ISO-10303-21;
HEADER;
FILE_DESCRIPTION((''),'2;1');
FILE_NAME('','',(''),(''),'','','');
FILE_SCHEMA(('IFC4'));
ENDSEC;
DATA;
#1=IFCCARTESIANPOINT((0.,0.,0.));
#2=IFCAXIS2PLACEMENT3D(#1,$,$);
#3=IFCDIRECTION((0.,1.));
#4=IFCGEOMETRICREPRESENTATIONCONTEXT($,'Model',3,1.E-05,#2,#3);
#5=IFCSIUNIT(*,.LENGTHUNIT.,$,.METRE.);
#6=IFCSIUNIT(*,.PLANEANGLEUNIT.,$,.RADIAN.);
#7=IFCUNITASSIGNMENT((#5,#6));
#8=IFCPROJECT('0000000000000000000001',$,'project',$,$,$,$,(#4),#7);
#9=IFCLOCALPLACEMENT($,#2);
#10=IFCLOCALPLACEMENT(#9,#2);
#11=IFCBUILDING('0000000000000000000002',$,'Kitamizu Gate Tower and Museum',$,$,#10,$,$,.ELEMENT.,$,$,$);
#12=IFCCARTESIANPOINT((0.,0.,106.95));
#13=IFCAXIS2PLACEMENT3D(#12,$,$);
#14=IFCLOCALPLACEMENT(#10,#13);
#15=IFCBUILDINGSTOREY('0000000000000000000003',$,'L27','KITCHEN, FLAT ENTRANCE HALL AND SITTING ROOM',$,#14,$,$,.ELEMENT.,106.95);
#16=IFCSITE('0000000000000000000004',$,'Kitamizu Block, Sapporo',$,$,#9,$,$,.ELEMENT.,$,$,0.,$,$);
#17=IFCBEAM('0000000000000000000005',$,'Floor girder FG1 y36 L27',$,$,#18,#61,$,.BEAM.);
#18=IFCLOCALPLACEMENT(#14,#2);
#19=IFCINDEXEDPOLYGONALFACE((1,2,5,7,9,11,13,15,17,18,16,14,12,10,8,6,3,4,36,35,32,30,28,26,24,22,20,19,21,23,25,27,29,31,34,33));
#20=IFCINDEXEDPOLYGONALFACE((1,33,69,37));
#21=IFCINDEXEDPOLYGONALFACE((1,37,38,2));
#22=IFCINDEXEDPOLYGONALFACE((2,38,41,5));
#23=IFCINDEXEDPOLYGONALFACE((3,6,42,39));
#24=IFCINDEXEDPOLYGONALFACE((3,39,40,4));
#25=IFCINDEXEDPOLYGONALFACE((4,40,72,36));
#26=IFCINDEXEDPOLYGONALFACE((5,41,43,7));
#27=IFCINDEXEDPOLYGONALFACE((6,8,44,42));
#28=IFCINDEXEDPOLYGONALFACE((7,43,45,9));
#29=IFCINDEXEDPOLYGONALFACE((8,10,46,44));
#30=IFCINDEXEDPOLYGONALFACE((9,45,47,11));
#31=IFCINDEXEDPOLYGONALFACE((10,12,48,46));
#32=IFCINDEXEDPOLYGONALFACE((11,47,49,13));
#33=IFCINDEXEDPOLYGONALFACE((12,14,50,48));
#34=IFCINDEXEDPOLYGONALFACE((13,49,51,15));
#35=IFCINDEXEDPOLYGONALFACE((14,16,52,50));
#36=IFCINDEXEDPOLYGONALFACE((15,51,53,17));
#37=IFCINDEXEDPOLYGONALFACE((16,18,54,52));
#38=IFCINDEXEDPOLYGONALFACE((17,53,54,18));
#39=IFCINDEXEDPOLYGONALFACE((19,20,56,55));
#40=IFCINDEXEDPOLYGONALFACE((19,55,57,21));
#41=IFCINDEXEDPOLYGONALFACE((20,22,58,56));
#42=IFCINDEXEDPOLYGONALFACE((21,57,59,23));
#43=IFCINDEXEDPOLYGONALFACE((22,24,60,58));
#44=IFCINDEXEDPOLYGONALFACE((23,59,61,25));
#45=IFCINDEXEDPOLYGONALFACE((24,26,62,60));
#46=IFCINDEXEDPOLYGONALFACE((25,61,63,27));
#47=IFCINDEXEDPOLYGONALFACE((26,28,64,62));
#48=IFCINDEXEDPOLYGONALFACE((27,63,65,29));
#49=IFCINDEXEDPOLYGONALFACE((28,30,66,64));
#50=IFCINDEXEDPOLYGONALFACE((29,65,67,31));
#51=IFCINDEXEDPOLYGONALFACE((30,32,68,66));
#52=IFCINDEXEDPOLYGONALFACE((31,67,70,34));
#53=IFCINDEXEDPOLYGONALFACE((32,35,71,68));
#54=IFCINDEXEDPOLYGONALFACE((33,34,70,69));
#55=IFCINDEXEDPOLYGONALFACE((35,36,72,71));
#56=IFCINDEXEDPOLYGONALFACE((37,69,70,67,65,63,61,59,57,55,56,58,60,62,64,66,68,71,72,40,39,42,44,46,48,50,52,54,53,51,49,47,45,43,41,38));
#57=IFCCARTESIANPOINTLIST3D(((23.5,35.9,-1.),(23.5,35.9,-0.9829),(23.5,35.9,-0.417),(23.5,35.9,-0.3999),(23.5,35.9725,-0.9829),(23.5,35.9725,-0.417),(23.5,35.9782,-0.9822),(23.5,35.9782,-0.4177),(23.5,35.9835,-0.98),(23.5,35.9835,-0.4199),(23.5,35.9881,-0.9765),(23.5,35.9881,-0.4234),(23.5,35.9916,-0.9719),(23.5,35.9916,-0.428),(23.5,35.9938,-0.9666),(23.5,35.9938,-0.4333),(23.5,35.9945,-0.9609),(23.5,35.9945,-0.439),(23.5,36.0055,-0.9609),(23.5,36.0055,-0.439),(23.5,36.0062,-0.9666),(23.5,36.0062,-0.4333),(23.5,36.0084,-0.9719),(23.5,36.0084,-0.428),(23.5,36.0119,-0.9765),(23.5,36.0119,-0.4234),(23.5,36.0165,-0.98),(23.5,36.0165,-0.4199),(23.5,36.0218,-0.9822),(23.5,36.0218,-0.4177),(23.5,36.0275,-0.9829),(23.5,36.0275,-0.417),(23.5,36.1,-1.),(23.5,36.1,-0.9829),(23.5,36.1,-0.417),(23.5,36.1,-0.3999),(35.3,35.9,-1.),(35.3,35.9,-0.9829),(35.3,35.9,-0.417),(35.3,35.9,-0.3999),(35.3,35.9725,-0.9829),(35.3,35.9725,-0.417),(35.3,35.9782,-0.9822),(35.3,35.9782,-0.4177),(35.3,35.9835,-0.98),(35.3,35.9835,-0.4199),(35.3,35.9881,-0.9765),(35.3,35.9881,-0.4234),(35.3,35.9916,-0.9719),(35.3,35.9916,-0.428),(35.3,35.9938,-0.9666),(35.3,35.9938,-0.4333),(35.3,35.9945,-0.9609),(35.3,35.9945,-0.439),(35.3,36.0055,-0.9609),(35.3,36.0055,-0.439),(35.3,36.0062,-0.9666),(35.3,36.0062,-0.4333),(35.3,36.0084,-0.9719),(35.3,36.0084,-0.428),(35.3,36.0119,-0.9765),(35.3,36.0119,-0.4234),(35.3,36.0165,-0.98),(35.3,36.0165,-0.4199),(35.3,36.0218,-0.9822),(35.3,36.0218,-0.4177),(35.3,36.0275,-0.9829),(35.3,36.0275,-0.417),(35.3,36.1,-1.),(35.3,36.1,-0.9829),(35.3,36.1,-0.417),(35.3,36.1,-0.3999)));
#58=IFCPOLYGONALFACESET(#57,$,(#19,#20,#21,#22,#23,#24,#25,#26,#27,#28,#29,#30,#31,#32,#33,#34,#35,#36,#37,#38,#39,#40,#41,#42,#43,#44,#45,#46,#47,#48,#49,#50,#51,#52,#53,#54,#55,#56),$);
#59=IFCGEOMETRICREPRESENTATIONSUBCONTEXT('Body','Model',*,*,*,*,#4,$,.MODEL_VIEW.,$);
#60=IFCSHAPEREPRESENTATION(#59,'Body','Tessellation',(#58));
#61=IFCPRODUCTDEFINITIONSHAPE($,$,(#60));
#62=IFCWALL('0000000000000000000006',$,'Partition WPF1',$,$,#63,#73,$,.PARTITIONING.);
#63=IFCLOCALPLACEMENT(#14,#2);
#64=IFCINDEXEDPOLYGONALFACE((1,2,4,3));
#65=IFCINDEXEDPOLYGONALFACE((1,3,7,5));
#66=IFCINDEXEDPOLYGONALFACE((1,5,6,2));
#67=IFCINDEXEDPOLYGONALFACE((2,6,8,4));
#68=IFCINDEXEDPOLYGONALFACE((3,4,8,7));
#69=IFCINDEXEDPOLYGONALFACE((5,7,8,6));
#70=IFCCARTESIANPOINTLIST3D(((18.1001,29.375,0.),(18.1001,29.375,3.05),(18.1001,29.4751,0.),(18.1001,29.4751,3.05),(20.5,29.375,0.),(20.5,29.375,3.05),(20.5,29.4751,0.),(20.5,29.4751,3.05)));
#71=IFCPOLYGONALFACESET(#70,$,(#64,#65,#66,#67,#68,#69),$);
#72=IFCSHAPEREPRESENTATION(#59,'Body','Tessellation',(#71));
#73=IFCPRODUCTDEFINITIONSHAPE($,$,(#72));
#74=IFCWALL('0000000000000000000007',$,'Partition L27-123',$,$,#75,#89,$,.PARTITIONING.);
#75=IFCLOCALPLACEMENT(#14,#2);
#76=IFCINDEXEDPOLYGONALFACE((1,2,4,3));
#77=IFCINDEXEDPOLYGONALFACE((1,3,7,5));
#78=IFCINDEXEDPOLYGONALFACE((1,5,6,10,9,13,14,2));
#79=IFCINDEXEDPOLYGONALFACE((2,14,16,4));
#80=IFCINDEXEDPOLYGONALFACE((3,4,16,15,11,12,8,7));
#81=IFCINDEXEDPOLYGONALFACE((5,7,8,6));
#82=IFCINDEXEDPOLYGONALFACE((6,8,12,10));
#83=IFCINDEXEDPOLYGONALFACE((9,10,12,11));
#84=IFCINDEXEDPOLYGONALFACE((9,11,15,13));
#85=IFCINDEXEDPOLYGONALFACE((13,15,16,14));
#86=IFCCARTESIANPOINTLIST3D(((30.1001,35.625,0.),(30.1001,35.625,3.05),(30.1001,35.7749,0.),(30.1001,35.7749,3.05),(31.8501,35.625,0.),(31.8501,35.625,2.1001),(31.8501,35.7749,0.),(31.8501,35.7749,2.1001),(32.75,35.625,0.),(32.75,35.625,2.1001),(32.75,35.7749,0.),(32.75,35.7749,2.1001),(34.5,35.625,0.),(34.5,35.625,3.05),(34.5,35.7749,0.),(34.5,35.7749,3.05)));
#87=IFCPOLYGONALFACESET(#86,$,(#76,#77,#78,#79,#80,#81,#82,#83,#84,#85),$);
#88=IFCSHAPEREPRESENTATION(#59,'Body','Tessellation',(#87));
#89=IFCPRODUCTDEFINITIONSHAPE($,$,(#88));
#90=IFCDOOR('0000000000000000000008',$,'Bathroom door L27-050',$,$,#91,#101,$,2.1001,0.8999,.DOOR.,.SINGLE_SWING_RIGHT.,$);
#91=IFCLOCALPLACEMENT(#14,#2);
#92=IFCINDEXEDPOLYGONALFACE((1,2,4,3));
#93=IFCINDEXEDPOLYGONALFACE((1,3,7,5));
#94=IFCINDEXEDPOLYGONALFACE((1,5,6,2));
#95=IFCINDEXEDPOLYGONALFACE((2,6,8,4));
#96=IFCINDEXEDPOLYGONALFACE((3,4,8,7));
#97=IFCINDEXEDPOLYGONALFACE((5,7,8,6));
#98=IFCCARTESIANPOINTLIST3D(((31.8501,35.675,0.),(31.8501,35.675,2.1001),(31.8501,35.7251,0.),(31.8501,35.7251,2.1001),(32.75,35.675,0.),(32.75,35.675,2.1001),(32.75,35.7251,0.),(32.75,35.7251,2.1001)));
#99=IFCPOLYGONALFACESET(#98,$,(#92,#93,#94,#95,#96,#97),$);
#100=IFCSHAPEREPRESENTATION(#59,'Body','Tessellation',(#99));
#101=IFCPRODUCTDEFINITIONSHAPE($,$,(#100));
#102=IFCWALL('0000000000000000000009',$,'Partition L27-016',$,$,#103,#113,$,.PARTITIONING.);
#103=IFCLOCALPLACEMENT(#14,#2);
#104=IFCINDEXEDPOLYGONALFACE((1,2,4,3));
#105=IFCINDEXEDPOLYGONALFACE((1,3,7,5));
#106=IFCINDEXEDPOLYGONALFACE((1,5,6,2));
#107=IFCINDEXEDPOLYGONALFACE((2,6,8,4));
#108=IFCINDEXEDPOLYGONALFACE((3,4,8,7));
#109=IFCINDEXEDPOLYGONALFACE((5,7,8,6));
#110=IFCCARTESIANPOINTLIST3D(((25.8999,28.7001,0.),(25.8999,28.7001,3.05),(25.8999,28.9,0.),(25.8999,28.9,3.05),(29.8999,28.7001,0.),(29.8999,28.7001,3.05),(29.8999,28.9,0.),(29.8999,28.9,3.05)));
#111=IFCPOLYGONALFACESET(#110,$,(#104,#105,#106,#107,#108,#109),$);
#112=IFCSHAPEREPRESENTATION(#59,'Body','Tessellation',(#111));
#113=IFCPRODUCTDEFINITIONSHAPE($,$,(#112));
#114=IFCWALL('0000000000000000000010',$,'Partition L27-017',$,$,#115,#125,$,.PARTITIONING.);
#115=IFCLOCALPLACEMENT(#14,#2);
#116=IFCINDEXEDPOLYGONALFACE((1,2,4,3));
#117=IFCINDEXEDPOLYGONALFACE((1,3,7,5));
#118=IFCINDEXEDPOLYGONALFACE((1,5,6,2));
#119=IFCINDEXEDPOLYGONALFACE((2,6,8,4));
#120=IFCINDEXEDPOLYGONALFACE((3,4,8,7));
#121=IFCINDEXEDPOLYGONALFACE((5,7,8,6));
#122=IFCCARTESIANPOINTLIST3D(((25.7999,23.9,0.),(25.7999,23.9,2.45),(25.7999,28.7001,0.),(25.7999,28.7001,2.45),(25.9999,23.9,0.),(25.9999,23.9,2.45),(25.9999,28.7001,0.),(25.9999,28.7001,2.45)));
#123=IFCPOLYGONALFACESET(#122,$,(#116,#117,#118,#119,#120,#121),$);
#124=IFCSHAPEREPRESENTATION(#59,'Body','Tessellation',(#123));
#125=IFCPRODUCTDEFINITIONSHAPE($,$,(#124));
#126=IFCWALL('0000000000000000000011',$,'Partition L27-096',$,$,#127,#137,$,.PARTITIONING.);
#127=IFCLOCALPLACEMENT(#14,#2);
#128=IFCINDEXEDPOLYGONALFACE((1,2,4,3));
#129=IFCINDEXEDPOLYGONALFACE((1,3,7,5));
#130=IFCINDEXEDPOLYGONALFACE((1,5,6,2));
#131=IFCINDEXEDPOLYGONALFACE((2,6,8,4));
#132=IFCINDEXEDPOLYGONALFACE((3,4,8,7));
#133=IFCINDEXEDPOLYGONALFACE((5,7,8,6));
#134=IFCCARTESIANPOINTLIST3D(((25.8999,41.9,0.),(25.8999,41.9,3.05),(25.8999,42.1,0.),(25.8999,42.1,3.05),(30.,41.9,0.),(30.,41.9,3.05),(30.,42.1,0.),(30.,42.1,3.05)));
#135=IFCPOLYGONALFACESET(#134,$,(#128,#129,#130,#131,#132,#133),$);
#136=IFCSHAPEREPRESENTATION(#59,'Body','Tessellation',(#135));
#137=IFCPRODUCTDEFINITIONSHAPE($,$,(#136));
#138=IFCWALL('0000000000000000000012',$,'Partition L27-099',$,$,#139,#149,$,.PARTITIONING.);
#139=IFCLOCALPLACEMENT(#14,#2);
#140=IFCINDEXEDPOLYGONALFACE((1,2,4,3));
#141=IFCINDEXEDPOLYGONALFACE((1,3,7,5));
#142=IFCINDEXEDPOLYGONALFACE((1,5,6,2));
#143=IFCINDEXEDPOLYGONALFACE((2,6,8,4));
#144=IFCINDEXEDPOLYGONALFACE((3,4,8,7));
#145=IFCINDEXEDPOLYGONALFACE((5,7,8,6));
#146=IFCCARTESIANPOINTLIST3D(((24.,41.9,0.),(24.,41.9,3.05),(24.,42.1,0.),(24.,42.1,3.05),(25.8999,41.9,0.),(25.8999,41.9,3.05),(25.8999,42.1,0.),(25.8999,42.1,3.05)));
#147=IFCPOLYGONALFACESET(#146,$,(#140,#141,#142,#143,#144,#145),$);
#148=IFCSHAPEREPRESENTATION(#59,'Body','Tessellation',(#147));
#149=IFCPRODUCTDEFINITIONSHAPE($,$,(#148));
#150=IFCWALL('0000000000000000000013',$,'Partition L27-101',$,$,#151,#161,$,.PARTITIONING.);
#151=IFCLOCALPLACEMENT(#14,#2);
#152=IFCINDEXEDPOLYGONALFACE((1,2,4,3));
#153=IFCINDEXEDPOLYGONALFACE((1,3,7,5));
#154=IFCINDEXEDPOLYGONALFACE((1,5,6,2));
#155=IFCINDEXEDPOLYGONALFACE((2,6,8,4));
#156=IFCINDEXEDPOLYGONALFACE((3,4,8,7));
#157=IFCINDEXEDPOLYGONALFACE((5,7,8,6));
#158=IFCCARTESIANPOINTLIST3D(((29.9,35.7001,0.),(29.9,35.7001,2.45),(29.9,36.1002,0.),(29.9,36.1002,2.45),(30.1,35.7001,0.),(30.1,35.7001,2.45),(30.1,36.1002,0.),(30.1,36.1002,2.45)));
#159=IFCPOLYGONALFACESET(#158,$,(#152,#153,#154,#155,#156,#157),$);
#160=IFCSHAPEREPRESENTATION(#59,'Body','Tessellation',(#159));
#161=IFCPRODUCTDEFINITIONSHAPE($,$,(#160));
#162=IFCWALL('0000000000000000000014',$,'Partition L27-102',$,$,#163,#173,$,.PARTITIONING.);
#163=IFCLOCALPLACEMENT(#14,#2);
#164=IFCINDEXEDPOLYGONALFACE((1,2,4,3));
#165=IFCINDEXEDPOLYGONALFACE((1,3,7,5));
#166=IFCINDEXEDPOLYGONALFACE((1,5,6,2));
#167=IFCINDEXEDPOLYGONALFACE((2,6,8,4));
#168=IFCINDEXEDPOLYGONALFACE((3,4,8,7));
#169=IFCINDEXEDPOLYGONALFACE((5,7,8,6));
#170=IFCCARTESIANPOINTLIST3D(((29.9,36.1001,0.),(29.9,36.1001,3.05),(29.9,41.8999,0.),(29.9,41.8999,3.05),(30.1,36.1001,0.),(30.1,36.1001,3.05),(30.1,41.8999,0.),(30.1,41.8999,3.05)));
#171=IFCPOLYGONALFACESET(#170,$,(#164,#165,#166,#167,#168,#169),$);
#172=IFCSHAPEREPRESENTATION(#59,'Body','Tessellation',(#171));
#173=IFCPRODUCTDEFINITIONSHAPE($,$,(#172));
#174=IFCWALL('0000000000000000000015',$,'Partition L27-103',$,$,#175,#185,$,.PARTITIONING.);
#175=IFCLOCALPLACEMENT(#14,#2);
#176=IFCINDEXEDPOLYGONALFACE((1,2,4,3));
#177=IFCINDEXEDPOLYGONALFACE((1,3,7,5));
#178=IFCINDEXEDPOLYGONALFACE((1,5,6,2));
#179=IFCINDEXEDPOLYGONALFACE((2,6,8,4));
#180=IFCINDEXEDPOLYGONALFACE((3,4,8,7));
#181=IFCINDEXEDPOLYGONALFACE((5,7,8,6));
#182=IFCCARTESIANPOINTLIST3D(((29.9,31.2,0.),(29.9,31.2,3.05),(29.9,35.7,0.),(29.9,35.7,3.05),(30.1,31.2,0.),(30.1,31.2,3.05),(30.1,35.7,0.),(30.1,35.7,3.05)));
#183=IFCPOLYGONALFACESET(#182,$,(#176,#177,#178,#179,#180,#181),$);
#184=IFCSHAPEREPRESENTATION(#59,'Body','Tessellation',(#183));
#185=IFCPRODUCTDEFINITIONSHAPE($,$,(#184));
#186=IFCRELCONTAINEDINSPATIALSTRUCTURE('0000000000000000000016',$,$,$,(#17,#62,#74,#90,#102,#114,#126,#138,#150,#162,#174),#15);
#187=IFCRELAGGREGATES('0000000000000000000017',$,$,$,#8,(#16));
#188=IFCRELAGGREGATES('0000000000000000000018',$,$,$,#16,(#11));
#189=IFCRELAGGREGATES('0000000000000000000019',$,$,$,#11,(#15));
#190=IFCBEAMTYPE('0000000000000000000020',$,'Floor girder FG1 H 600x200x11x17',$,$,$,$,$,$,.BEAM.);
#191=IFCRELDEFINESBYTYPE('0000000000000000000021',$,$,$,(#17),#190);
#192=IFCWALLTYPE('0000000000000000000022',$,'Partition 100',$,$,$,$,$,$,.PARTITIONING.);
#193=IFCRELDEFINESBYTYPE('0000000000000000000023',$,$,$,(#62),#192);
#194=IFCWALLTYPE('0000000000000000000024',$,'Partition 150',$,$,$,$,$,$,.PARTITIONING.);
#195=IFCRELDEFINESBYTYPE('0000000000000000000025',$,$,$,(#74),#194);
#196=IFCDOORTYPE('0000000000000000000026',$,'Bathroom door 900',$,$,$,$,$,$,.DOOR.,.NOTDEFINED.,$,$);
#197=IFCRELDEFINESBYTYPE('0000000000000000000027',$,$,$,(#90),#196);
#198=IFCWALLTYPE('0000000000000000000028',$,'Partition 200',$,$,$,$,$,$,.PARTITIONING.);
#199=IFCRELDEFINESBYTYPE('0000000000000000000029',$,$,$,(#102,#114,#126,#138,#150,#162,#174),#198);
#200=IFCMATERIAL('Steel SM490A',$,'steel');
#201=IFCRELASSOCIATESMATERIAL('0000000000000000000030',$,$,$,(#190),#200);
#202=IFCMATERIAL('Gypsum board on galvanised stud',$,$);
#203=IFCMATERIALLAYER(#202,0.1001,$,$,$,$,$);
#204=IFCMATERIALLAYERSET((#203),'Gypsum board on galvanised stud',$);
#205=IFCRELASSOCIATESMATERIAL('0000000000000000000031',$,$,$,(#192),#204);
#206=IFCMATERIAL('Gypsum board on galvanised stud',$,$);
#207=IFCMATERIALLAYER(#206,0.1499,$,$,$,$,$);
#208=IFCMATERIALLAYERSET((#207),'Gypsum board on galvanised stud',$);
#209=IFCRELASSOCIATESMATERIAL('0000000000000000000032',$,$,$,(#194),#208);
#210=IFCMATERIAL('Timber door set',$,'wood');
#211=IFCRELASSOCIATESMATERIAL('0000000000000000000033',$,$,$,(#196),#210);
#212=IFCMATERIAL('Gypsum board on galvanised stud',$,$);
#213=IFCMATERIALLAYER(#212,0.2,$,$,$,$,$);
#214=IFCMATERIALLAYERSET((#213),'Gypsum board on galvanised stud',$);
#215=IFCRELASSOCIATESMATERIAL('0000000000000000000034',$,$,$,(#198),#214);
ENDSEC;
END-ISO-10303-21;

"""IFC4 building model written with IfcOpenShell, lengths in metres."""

from ifc_helpers import new_model, si_unit, direction, frame, frame_2d, origin, origin_2d, place, context, subcontext, project, spatial, rectangle, i_section, extrude, material, layer, layer_set, material_profile, profile_set, type_object, element, fill, save


model = new_model("IFC4")

# Units and contexts
model_context = context("Model", 3, precision=1e-05, world=origin(), true_north=direction((0.0, 1.0)))
body_context = subcontext(model_context, "Body", "Model", "MODEL_VIEW")
ifc_project = project(units=[si_unit("LENGTHUNIT", "METRE"), si_unit("PLANEANGLEUNIT", "RADIAN")], contexts=[model_context])

# Site, building, storey
site_placement = place(None, origin())
site = spatial("IfcSite", under=ifc_project, at=site_placement, Name="Kitamizu Block, Sapporo", CompositionType="ELEMENT", RefElevation=0.0)
building_placement = place(site_placement, origin())
building = spatial("IfcBuilding", under=site, at=building_placement, Name="Kitamizu Gate Tower and Museum", CompositionType="ELEMENT")
storey_placement = place(building_placement, frame((0.0, 0.0, 106.95)))
storey = spatial("IfcBuildingStorey", under=building, at=storey_placement, Name="L27", Description="KITCHEN, FLAT ENTRANCE HALL AND SITTING ROOM", CompositionType="ELEMENT", Elevation=106.95)

# Beam
ifc_material_1 = material(Name="Steel SM490A", Category="steel")
ifc_material_profile = material_profile(ifc_material_1, i_section(OverallWidth=0.2, OverallDepth=0.6001, WebThickness=0.011, FlangeThickness=0.0171, FilletRadius=0.022, at=origin_2d()), Name="H-600x200x11x17")
ifc_profile_set = profile_set([ifc_material_profile], Name="Steel SM490A")
beam_type = type_object("IfcBeamType", Name="Floor girder FG1 H 600x200x11x17", PredefinedType="BEAM", material=ifc_profile_set)
beam_placement = place(storey_placement, frame((23.5, 36.0, -0.7), z_axis=(1.0, 0.0, 0.0), x_axis=(0.0, 1.0, 0.0)))
element("IfcBeam", 1, at=beam_placement, inside=storey, type_object=beam_type, Name="Floor girder FG1 y36 L27", PredefinedType="BEAM", context=body_context, shape_type="SweptSolid", body=[
    extrude(i_section(OverallWidth=0.2, OverallDepth=0.6001, WebThickness=0.011, FlangeThickness=0.0171, FilletRadius=0.022, at=origin_2d()), origin(), (0.0, 0.0, 1.0), 11.8),
])

# Wall
ifc_material_2 = material(Name="Gypsum board on galvanised stud")
ifc_layer_1 = layer(ifc_material_2, 0.1001)
ifc_layer_set_1 = layer_set([ifc_layer_1], Name="Gypsum board on galvanised stud")
wall_type_1 = type_object("IfcWallType", Name="Partition 100", PredefinedType="PARTITIONING", material=ifc_layer_set_1)
wall_1_placement = place(storey_placement, frame((18.1001, 29.425, 0.0), z_axis=(0.0, 0.0, 1.0), x_axis=(1.0, 0.0, 0.0)))
element("IfcWall", 2, at=wall_1_placement, inside=storey, type_object=wall_type_1, Name="Partition WPF1", PredefinedType="PARTITIONING", context=body_context, shape_type="SweptSolid", body=[
    extrude(rectangle(XDim=2.3999, YDim=0.1001, at=frame_2d((1.2, 0.0))), origin(), (0.0, 0.0, 1.0), 3.05),
])

# Wall, opening, door
ifc_material_3 = material(Name="Gypsum board on galvanised stud")
ifc_layer_2 = layer(ifc_material_3, 0.1499)
ifc_layer_set_2 = layer_set([ifc_layer_2], Name="Gypsum board on galvanised stud")
wall_type_2 = type_object("IfcWallType", Name="Partition 150", PredefinedType="PARTITIONING", material=ifc_layer_set_2)
wall_2_placement = place(storey_placement, frame((30.1001, 35.7, 0.0), z_axis=(0.0, 0.0, 1.0), x_axis=(1.0, 0.0, 0.0)))
wall_2 = element("IfcWall", 3, at=wall_2_placement, inside=storey, type_object=wall_type_2, Name="Partition L27-123", PredefinedType="PARTITIONING", context=body_context, shape_type="SweptSolid", body=[
    extrude(rectangle(XDim=4.3999, YDim=0.1499, at=frame_2d((2.2, 0.0))), origin(), (0.0, 0.0, 1.0), 3.05),
])
opening_1_placement = place(wall_2_placement, frame((1.75, 0.0, 0.0)))
opening_1 = element("IfcOpeningElement", 4, at=opening_1_placement, cuts=wall_2, PredefinedType="OPENING", context=body_context, shape_type="SweptSolid", body=[
    extrude(rectangle(XDim=0.8999, YDim=2.1001, at=frame_2d((0.45, 1.05))), frame((0.0, 0.085, 0.0), z_axis=(0.0, -1.0, 0.0), x_axis=(1.0, 0.0, 0.0)), (0.0, 0.0, 1.0), 0.1699),
])
ifc_material_4 = material(Name="Timber door set", Category="wood")
door_type_1 = type_object("IfcDoorType", Name="Bathroom door 900", OperationType="NOTDEFINED", PredefinedType="DOOR", material=ifc_material_4)
door_1_placement = place(opening_1_placement, frame((0.8999, 0.0, 0.0), x_axis=(-1.0, 0.0, 0.0)))
door_1 = element("IfcDoor", 5, at=door_1_placement, inside=storey, type_object=door_type_1, Name="Bathroom door L27-050", OperationType="SINGLE_SWING_RIGHT", OverallHeight=2.1001, OverallWidth=0.8999, PredefinedType="DOOR", context=body_context, shape_type="SweptSolid", body=[
    extrude(rectangle(XDim=0.8999, YDim=2.1001, at=frame_2d((0.45, 1.05))), frame((0.0, 0.0249, 0.0), z_axis=(0.0, -1.0, 0.0), x_axis=(1.0, 0.0, 0.0)), (0.0, 0.0, 1.0), 0.05),
])
fill(opening_1, door_1)

# Walls
ifc_material_5 = material(Name="Gypsum board on galvanised stud")
ifc_layer_3 = layer(ifc_material_5, 0.2)
ifc_layer_set_3 = layer_set([ifc_layer_3], Name="Gypsum board on galvanised stud")
wall_type_3 = type_object("IfcWallType", Name="Partition 200", PredefinedType="PARTITIONING", material=ifc_layer_set_3)
wall_3_placement = place(storey_placement, frame((29.8999, 28.8, 0.0), z_axis=(0.0, 0.0, 1.0), x_axis=(-1.0, 0.0, 0.0)))
element("IfcWall", 6, at=wall_3_placement, inside=storey, type_object=wall_type_3, Name="Partition L27-016", PredefinedType="PARTITIONING", context=body_context, shape_type="SweptSolid", body=[
    extrude(rectangle(XDim=4.0, YDim=0.2, at=frame_2d((2.0, 0.0))), origin(), (0.0, 0.0, 1.0), 3.05),
])
wall_4_placement = place(storey_placement, frame((25.8999, 28.7, 0.0), z_axis=(0.0, 0.0, 1.0), x_axis=(0.0, -1.0, 0.0)))
element("IfcWall", 7, at=wall_4_placement, inside=storey, type_object=wall_type_3, Name="Partition L27-017", PredefinedType="PARTITIONING", context=body_context, shape_type="SweptSolid", body=[
    extrude(rectangle(XDim=4.8, YDim=0.2, at=frame_2d((2.3999, 0.0))), origin(), (0.0, 0.0, 1.0), 2.45),
])
wall_5_placement = place(storey_placement, frame((25.8999, 42.0, 0.0), z_axis=(0.0, 0.0, 1.0), x_axis=(1.0, 0.0, 0.0)))
element("IfcWall", 8, at=wall_5_placement, inside=storey, type_object=wall_type_3, Name="Partition L27-096", PredefinedType="PARTITIONING", context=body_context, shape_type="SweptSolid", body=[
    extrude(rectangle(XDim=4.1001, YDim=0.2, at=frame_2d((2.05, 0.0))), origin(), (0.0, 0.0, 1.0), 3.05),
])
wall_6_placement = place(storey_placement, frame((24.0, 42.0, 0.0), z_axis=(0.0, 0.0, 1.0), x_axis=(1.0, 0.0, 0.0)))
element("IfcWall", 9, at=wall_6_placement, inside=storey, type_object=wall_type_3, Name="Partition L27-099", PredefinedType="PARTITIONING", context=body_context, shape_type="SweptSolid", body=[
    extrude(rectangle(XDim=1.8999, YDim=0.2, at=frame_2d((0.95, 0.0))), origin(), (0.0, 0.0, 1.0), 3.05),
])
wall_7_placement = place(storey_placement, frame((30.0, 35.7, 0.0), z_axis=(0.0, 0.0, 1.0), x_axis=(0.0, 1.0, 0.0)))
element("IfcWall", 10, at=wall_7_placement, inside=storey, type_object=wall_type_3, Name="Partition L27-101", PredefinedType="PARTITIONING", context=body_context, shape_type="SweptSolid", body=[
    extrude(rectangle(XDim=0.4001, YDim=0.2, at=frame_2d((0.2002, 0.0))), origin(), (0.0, 0.0, 1.0), 2.45),
])
wall_8_placement = place(storey_placement, frame((30.0, 36.1001, 0.0), z_axis=(0.0, 0.0, 1.0), x_axis=(0.0, 1.0, 0.0)))
element("IfcWall", 11, at=wall_8_placement, inside=storey, type_object=wall_type_3, Name="Partition L27-102", PredefinedType="PARTITIONING", context=body_context, shape_type="SweptSolid", body=[
    extrude(rectangle(XDim=5.7998, YDim=0.2, at=frame_2d((2.8999, 0.0))), origin(), (0.0, 0.0, 1.0), 3.05),
])
wall_9_placement = place(storey_placement, frame((30.0, 31.2, 0.0), z_axis=(0.0, 0.0, 1.0), x_axis=(0.0, 1.0, 0.0)))
element("IfcWall", 12, at=wall_9_placement, inside=storey, type_object=wall_type_3, Name="Partition L27-103", PredefinedType="PARTITIONING", context=body_context, shape_type="SweptSolid", body=[
    extrude(rectangle(XDim=4.5, YDim=0.2, at=frame_2d((2.25, 0.0))), origin(), (0.0, 0.0, 1.0), 3.05),
])

save(model, "model.ifc")
